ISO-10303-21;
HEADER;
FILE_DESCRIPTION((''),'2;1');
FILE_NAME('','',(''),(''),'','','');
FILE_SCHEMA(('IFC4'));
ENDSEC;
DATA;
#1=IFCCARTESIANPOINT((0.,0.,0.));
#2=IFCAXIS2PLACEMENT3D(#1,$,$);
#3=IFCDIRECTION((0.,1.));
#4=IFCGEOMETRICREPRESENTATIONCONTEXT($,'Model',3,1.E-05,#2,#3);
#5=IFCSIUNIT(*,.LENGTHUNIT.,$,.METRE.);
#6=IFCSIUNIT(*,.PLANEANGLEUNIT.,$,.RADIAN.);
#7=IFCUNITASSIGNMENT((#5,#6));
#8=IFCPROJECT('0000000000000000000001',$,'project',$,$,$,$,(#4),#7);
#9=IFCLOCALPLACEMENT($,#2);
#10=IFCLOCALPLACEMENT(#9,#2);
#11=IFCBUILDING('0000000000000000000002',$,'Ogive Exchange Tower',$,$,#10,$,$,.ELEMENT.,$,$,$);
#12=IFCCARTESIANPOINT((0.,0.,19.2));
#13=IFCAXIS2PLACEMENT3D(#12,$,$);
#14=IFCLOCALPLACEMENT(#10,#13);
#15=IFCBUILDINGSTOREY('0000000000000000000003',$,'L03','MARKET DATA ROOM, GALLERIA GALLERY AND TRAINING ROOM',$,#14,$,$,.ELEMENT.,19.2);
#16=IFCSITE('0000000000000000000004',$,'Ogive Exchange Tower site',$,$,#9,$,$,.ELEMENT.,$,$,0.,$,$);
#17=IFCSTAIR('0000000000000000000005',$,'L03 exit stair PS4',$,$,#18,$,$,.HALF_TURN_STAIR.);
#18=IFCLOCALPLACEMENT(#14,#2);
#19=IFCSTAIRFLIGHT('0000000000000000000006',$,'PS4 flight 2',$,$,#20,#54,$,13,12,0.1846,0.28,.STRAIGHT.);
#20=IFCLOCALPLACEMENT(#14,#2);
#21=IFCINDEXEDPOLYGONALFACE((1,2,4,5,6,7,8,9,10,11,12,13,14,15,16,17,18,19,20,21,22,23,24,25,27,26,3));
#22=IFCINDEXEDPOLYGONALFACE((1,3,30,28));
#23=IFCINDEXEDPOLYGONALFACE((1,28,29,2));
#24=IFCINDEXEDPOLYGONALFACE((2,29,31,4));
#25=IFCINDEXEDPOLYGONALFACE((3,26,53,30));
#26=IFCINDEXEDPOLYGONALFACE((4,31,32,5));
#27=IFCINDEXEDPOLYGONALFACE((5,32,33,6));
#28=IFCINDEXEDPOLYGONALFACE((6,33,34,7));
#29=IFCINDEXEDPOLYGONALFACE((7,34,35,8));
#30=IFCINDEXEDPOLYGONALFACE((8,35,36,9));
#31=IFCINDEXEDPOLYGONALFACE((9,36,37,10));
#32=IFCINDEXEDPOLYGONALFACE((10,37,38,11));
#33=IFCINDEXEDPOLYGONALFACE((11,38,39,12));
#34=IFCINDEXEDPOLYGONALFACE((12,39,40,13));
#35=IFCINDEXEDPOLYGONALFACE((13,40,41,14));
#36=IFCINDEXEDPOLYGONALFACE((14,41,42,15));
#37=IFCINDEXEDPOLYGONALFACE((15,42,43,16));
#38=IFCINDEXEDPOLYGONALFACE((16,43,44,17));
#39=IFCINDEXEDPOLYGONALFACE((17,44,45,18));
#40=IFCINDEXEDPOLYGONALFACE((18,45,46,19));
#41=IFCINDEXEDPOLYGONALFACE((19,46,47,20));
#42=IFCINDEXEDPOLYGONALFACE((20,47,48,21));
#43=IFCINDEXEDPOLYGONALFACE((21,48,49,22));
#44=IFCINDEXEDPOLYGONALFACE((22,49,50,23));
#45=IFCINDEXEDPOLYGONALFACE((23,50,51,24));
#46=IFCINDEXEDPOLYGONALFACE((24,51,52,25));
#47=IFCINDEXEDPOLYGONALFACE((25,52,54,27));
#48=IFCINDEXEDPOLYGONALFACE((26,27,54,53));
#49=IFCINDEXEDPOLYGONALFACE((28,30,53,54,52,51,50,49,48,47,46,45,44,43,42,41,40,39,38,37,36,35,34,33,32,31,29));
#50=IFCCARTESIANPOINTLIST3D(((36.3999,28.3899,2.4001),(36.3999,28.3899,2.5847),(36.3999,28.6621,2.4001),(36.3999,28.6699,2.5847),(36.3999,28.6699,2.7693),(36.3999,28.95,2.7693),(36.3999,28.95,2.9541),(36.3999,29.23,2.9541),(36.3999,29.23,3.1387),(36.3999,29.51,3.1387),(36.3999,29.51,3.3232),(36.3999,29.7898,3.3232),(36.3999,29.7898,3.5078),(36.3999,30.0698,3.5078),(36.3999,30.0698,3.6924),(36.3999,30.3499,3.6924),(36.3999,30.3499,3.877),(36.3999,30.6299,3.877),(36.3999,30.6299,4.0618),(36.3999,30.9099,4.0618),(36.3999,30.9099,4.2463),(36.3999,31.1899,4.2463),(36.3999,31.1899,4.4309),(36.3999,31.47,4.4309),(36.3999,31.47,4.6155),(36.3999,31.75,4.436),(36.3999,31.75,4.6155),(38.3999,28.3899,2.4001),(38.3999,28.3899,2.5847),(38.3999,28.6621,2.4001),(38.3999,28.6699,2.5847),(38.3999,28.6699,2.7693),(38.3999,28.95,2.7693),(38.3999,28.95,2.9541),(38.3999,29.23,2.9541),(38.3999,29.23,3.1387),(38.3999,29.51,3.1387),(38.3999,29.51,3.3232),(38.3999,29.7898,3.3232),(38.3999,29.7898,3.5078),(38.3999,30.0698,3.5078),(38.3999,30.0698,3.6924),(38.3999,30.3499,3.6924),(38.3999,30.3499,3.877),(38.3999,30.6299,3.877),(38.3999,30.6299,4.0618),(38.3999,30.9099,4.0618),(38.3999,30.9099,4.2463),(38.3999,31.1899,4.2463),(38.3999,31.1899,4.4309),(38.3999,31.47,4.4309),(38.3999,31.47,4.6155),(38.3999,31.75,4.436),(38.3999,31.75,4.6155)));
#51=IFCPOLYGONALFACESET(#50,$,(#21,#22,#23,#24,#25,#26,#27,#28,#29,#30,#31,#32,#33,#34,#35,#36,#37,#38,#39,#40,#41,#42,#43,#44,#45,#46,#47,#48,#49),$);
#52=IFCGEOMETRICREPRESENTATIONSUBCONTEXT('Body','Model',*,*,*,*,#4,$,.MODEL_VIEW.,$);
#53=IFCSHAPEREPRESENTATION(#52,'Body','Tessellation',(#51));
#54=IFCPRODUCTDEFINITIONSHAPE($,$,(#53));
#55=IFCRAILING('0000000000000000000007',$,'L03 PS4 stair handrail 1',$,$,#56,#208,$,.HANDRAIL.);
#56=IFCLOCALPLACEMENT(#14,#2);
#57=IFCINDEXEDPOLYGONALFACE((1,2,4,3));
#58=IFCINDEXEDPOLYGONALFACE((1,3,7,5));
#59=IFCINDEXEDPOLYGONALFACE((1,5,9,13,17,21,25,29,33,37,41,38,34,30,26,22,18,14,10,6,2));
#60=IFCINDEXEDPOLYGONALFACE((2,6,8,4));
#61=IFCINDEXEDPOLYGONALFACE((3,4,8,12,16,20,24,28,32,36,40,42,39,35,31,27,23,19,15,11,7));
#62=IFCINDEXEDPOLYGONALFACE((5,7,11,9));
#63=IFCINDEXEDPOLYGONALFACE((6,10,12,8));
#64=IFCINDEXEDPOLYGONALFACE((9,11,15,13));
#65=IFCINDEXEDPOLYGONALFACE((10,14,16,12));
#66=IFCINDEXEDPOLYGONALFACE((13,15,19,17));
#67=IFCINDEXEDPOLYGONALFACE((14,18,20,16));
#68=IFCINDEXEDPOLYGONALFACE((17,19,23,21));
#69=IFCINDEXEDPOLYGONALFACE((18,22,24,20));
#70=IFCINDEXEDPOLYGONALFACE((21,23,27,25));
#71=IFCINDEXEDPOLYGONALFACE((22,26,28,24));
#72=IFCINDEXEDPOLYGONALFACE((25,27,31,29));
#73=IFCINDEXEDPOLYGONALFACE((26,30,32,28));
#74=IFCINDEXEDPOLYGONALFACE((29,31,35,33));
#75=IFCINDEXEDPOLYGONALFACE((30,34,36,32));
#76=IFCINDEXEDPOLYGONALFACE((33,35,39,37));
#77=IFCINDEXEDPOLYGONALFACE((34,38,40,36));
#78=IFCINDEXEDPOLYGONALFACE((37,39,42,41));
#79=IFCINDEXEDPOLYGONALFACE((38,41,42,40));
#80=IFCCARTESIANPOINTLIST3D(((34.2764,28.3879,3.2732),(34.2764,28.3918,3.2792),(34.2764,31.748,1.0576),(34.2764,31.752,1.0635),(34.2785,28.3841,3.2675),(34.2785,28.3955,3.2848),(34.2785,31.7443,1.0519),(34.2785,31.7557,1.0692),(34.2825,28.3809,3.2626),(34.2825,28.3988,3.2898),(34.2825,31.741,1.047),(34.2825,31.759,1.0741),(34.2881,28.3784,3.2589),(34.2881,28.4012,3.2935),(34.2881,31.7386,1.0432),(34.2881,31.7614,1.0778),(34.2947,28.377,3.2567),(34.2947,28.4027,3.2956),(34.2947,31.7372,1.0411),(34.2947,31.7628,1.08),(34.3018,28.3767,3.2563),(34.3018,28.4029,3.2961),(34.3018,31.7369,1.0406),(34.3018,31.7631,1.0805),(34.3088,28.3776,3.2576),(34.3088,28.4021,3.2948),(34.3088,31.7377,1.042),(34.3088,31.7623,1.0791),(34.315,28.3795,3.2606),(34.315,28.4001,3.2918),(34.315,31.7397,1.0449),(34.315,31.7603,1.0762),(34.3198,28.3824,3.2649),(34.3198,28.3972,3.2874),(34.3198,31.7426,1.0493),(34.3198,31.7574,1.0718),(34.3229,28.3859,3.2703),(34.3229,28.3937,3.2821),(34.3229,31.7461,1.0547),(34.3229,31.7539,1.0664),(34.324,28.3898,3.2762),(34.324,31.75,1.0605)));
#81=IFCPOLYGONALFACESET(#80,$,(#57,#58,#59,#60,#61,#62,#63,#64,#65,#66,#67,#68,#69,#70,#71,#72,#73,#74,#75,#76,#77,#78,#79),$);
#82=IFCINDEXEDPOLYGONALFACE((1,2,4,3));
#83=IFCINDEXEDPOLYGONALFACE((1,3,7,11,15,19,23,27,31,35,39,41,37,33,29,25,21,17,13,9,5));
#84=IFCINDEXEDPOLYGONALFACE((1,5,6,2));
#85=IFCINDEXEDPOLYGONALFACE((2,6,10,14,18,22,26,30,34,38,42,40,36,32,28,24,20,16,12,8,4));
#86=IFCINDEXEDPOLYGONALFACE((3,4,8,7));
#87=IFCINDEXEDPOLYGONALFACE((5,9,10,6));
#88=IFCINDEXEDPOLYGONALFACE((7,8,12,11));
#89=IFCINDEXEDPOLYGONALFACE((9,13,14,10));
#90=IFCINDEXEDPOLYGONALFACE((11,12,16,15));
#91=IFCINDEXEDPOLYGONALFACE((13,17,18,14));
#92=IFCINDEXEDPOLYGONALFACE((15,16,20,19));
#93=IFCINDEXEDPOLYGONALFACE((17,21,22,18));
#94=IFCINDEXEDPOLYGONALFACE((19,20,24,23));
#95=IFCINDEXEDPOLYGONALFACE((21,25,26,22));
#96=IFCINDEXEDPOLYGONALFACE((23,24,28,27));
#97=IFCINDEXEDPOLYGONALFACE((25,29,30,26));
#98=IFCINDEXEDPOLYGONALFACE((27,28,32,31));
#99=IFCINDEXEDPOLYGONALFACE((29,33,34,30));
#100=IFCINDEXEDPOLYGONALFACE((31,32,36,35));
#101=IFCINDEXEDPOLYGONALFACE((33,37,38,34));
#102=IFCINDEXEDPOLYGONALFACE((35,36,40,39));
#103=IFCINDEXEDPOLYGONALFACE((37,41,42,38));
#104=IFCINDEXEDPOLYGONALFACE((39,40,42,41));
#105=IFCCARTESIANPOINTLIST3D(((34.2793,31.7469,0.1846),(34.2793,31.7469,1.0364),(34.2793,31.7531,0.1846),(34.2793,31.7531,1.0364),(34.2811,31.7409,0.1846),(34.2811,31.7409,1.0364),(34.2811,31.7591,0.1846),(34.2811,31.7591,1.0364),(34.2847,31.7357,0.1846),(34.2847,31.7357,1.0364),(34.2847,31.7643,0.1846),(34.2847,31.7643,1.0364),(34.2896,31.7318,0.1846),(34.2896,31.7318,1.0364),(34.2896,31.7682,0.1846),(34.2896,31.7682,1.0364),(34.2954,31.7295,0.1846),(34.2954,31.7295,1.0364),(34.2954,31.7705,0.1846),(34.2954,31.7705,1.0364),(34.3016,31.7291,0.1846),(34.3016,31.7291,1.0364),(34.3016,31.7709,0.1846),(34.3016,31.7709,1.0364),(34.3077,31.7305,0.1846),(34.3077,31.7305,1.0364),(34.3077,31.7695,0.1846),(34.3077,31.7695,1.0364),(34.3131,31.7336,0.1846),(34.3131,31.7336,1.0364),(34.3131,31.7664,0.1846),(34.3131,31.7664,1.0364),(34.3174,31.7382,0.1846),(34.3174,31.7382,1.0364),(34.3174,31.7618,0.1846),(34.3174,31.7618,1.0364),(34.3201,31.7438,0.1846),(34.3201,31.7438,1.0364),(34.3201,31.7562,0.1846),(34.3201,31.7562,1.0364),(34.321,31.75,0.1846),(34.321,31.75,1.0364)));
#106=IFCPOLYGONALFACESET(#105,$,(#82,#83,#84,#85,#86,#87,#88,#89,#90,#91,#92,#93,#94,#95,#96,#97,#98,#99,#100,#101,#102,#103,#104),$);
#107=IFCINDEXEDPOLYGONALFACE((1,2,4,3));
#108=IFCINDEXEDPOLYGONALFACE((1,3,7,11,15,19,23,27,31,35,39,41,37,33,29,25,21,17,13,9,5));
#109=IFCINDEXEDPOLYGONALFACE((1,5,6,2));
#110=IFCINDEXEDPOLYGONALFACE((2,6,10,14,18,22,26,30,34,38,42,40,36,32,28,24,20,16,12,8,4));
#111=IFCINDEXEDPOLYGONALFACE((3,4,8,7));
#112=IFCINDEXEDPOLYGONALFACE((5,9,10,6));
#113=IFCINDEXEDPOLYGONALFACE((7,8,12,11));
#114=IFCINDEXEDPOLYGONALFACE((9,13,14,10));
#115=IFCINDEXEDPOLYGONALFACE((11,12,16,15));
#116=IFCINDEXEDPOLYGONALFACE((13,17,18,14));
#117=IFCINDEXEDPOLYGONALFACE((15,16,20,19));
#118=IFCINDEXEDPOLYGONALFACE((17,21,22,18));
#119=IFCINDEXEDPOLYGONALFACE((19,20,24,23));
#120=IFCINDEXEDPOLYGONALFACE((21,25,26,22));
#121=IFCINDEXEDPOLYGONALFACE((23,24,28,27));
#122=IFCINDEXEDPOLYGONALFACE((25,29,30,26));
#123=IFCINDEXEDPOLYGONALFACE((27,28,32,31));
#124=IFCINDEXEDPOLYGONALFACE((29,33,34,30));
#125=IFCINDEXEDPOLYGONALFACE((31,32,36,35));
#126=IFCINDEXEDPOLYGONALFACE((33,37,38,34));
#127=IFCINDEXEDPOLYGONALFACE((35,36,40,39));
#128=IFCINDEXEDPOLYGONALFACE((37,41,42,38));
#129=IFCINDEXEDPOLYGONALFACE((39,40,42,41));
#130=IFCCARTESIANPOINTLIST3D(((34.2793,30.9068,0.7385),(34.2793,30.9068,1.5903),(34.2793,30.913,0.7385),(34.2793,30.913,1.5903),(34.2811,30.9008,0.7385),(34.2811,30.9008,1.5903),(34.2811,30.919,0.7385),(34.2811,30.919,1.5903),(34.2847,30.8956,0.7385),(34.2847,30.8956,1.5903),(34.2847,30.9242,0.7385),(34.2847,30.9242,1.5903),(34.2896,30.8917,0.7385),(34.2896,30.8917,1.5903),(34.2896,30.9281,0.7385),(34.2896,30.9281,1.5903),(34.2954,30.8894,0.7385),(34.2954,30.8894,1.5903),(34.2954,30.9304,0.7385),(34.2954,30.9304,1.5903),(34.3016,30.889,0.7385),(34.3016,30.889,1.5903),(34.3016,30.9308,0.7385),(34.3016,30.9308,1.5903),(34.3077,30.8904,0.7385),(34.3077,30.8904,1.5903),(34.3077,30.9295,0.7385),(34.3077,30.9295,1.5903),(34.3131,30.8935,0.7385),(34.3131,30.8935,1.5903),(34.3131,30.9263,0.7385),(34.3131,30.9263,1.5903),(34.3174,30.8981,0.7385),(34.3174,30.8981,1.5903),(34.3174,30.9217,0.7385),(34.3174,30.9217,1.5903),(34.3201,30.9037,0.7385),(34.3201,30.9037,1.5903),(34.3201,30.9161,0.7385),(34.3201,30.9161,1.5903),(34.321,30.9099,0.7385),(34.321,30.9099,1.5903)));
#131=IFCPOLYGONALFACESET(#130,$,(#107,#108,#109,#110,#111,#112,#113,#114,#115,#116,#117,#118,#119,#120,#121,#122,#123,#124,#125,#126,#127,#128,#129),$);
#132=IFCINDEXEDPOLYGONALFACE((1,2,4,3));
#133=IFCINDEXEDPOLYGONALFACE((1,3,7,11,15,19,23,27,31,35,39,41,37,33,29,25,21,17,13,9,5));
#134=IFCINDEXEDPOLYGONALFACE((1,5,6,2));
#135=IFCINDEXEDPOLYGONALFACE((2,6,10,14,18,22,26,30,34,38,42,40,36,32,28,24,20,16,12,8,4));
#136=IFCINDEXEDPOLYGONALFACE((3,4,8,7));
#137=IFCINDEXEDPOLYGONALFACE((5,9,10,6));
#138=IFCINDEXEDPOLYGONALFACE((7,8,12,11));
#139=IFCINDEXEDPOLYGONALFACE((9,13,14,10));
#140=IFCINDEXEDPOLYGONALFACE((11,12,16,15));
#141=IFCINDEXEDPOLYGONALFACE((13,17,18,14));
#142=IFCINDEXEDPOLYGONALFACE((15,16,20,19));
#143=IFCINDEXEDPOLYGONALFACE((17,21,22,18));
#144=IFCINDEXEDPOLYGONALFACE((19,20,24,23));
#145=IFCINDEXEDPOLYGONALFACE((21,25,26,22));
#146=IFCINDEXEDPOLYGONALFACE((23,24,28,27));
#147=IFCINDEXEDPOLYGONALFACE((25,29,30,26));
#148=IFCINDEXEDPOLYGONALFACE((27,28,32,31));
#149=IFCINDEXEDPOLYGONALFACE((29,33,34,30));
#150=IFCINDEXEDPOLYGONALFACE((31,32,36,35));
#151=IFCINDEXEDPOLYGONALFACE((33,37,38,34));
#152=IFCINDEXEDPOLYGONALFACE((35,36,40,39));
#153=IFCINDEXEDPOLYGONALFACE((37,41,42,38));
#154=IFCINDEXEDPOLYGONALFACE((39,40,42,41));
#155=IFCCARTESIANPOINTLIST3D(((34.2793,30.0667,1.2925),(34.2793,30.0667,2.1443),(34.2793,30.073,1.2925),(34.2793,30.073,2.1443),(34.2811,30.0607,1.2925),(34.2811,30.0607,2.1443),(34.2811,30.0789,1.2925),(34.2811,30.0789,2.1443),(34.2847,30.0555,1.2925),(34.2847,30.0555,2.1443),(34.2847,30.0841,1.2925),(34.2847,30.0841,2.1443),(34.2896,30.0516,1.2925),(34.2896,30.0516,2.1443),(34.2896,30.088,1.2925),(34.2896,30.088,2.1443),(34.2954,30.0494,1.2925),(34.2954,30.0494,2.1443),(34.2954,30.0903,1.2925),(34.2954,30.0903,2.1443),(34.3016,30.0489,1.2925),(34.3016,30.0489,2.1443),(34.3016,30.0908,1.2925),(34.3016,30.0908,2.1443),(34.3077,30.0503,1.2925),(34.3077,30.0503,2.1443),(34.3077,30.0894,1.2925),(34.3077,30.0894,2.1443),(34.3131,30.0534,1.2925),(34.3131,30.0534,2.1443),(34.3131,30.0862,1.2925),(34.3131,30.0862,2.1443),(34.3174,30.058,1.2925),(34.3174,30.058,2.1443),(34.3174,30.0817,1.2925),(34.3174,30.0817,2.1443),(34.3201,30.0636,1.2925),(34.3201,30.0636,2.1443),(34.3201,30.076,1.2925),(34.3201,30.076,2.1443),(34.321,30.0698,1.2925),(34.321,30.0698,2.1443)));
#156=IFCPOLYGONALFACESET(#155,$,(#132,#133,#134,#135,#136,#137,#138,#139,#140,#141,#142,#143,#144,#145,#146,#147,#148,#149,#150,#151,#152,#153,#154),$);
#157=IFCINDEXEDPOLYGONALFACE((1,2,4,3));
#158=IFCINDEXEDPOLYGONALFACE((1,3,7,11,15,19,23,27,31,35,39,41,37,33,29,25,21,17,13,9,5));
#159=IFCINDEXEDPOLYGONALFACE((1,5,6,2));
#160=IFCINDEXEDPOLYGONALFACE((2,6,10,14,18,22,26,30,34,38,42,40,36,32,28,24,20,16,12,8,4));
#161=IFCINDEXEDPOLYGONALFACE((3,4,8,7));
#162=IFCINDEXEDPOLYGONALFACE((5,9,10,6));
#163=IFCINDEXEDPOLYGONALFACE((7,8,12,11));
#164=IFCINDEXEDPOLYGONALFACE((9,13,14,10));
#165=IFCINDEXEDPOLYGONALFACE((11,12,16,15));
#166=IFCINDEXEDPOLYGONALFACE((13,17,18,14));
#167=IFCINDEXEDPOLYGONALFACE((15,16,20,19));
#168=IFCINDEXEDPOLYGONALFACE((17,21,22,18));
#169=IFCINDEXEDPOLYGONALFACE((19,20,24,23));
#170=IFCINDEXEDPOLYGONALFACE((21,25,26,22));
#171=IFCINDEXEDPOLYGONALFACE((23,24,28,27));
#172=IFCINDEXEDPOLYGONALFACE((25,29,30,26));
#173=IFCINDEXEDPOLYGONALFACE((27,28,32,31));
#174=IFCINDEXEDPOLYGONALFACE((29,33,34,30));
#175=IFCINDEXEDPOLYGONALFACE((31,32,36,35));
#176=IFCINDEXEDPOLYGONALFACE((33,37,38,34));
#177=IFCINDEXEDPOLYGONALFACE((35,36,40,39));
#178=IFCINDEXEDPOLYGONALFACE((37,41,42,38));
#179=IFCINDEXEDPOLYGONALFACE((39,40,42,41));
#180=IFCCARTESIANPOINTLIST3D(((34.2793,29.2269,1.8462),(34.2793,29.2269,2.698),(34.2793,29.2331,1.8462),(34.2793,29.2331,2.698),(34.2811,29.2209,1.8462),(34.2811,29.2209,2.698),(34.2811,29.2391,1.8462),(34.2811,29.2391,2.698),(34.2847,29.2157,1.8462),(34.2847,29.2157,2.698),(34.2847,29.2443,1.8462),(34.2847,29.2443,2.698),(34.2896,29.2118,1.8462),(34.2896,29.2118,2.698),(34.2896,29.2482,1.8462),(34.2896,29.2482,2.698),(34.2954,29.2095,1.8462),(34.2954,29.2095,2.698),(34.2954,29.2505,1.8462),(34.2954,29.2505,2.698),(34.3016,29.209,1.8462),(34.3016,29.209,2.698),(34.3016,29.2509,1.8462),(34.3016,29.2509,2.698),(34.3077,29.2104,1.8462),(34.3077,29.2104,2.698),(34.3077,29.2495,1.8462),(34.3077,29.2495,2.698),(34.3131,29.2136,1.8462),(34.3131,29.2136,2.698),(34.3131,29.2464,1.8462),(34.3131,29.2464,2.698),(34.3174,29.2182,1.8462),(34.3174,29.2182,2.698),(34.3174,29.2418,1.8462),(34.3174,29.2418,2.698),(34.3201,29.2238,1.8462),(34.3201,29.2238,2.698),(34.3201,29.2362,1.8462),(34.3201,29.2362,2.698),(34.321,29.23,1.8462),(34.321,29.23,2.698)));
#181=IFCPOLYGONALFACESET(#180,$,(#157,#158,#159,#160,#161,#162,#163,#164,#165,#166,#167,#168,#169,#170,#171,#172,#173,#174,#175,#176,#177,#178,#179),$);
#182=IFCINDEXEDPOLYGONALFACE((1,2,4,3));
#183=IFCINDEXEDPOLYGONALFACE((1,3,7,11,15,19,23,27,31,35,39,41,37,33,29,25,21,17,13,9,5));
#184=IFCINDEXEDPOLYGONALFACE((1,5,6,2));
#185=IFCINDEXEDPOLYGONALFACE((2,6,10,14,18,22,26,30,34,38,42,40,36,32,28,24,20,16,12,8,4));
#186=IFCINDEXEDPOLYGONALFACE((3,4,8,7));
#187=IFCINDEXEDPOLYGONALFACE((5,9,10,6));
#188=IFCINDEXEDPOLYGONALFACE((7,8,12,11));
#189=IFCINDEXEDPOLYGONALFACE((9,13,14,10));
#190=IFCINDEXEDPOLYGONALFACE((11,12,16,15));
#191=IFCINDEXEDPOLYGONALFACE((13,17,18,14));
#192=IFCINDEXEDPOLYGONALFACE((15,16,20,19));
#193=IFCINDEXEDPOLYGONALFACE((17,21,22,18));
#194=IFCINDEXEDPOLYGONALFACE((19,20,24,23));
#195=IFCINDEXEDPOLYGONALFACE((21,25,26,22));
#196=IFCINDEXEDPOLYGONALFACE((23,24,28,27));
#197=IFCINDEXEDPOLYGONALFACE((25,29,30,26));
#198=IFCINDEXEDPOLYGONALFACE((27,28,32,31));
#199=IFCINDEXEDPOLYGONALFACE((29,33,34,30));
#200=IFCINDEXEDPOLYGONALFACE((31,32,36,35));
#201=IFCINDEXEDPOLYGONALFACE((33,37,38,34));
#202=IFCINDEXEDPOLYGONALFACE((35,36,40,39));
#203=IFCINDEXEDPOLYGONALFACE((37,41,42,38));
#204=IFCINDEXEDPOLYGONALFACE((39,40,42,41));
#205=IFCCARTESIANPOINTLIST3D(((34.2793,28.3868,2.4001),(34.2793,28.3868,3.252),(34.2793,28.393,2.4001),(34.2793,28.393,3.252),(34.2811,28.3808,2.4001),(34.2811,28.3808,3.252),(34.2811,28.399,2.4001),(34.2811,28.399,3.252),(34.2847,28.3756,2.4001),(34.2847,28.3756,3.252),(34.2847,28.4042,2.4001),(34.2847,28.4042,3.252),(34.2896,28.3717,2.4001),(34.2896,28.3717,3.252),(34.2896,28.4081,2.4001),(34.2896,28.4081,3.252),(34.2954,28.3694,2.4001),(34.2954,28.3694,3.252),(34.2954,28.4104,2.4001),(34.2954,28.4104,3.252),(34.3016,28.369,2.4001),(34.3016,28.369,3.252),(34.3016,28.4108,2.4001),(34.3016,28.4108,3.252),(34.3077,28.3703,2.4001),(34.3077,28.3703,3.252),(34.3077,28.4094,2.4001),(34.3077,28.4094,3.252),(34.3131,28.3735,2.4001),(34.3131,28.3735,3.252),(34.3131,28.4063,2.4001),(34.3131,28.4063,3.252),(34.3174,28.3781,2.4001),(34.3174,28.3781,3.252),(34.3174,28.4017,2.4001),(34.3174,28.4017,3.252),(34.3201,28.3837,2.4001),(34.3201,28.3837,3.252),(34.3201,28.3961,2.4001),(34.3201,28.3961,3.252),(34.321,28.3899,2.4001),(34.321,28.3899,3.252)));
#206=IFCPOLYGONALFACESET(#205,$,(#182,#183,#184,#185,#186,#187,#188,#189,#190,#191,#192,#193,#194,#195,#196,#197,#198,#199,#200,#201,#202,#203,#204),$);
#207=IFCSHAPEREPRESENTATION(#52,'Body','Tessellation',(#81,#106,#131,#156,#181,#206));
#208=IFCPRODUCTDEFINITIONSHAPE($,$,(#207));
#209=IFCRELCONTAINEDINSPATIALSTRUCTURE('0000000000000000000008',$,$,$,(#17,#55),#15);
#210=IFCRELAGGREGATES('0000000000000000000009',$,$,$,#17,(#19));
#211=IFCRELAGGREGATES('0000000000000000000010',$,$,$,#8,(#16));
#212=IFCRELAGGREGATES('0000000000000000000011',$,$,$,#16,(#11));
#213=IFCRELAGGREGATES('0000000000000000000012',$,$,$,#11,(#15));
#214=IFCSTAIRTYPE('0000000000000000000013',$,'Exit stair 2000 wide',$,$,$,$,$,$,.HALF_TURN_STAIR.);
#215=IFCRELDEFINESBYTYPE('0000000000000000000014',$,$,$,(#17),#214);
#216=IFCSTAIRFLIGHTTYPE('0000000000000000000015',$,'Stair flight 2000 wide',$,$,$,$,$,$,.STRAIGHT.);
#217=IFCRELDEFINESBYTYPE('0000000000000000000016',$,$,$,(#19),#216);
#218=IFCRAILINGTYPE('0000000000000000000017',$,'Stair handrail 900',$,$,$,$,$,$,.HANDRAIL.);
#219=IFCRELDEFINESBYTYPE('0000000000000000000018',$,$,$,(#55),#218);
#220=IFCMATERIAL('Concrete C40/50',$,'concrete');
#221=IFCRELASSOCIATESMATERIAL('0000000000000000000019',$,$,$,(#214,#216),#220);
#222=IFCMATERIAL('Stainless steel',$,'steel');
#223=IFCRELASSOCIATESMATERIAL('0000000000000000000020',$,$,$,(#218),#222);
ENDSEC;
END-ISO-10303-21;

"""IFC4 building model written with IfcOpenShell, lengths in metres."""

from ifc_helpers import new_model, si_unit, direction, frame, origin, origin_2d, place, context, subcontext, project, spatial, polyline, circle, outline, extrude, material, type_object, element, aggregate, save


model = new_model("IFC4")

# Units and contexts
model_context = context("Model", 3, precision=1e-05, world=origin(), true_north=direction((0.0, 1.0)))
body_context = subcontext(model_context, "Body", "Model", "MODEL_VIEW")
ifc_project = project(units=[si_unit("LENGTHUNIT", "METRE"), si_unit("PLANEANGLEUNIT", "RADIAN")], contexts=[model_context])

# Site, building, storey
site_placement = place(None, origin())
site = spatial("IfcSite", under=ifc_project, at=site_placement, Name="Ogive Exchange Tower site", CompositionType="ELEMENT", RefElevation=0.0)
building_placement = place(site_placement, origin())
building = spatial("IfcBuilding", under=site, at=building_placement, Name="Ogive Exchange Tower", CompositionType="ELEMENT")
storey_placement = place(building_placement, frame((0.0, 0.0, 19.2)))
storey = spatial("IfcBuildingStorey", under=building, at=storey_placement, Name="L03", Description="MARKET DATA ROOM, GALLERIA GALLERY AND TRAINING ROOM", CompositionType="ELEMENT", Elevation=19.2)

# Stair, stair flight
ifc_material_1 = material(Name="Concrete C40/50", Category="concrete")
stair_type = type_object("IfcStairType", Name="Exit stair 2000 wide", PredefinedType="HALF_TURN_STAIR", material=ifc_material_1)
stair_placement = place(storey_placement, origin())
stair = element("IfcStair", 1, at=stair_placement, inside=storey, type_object=stair_type, Name="L03 exit stair PS4", PredefinedType="HALF_TURN_STAIR")
stair_flight_type = type_object("IfcStairFlightType", Name="Stair flight 2000 wide", PredefinedType="STRAIGHT", material=ifc_material_1)
stair_flight_1_placement = place(storey_placement, frame((37.3999, 28.3899, 2.4001), z_axis=(0.0, 0.0, 1.0), x_axis=(0.0, 1.0, 0.0)))
stair_flight_1 = element("IfcStairFlight", 2, at=stair_flight_1_placement, type_object=stair_flight_type, Name="PS4 flight 2", NumberOfRisers=13, NumberOfTreads=12, PredefinedType="STRAIGHT", RiserHeight=0.1846, TreadLength=0.28, context=body_context, shape_type="SweptSolid", body=[
    extrude(outline(polyline([(0.0, 0.0), (0.0, 0.1846), (0.28, 0.1846), (0.28, 0.3691), (0.5601, 0.3691), (0.5601, 0.554), (0.8401, 0.554), (0.8401, 0.7385), (1.1201, 0.7385), (1.1201, 0.9231), (1.3999, 0.9231), (1.3999, 1.1077), (1.6799, 1.1077), (1.6799, 1.2922), (1.96, 1.2922), (1.96, 1.4768), (2.24, 1.4768), (2.24, 1.6616), (2.52, 1.6616), (2.52, 1.8462), (2.8, 1.8462), (2.8, 2.0308), (3.0801, 2.0308), (3.0801, 2.2153), (3.3601, 2.2153), (3.3601, 2.3999), (3.3601, 2.0359), (0.2722, 0.0), (0.0, 0.0)])), frame((0.0, 1.0, 0.0), z_axis=(0.0, -1.0, 0.0), x_axis=(1.0, 0.0, 0.0)), (0.0, 0.0, 1.0), 2.0),
])
aggregate(stair, [stair_flight_1])

# Railing
ifc_material_2 = material(Name="Stainless steel", Category="steel")
railing_type = type_object("IfcRailingType", Name="Stair handrail 900", PredefinedType="HANDRAIL", material=ifc_material_2)
railing_1_placement = place(storey_placement, frame((34.3, 31.75, 0.1846)))
element("IfcRailing", 3, at=railing_1_placement, inside=storey, type_object=railing_type, Name="L03 PS4 stair handrail 1", PredefinedType="HANDRAIL", context=body_context, shape_type="SweptSolid", body=[
    extrude(circle(Radius=0.0239, at=origin_2d()), frame((0.0, 0.0, 0.876), z_axis=(0.0, -0.834849, 0.55048), x_axis=(1.0, 0.0, 0.0)), (0.0, 0.0, 1.0), 4.0249),
    extrude(circle(Radius=0.021, at=origin_2d()), origin(), (0.0, 0.0, 1.0), 0.8518),
    extrude(circle(Radius=0.021, at=origin_2d()), frame((0.0, -0.8401, 0.554)), (0.0, 0.0, 1.0), 0.8518),
    extrude(circle(Radius=0.021, at=origin_2d()), frame((0.0, -1.6802, 1.1079)), (0.0, 0.0, 1.0), 0.8518),
    extrude(circle(Radius=0.021, at=origin_2d()), frame((0.0, -2.52, 1.6616)), (0.0, 0.0, 1.0), 0.8518),
    extrude(circle(Radius=0.021, at=origin_2d()), frame((0.0, -3.3601, 2.2156)), (0.0, 0.0, 1.0), 0.8518),
])

save(model, "model.ifc")
